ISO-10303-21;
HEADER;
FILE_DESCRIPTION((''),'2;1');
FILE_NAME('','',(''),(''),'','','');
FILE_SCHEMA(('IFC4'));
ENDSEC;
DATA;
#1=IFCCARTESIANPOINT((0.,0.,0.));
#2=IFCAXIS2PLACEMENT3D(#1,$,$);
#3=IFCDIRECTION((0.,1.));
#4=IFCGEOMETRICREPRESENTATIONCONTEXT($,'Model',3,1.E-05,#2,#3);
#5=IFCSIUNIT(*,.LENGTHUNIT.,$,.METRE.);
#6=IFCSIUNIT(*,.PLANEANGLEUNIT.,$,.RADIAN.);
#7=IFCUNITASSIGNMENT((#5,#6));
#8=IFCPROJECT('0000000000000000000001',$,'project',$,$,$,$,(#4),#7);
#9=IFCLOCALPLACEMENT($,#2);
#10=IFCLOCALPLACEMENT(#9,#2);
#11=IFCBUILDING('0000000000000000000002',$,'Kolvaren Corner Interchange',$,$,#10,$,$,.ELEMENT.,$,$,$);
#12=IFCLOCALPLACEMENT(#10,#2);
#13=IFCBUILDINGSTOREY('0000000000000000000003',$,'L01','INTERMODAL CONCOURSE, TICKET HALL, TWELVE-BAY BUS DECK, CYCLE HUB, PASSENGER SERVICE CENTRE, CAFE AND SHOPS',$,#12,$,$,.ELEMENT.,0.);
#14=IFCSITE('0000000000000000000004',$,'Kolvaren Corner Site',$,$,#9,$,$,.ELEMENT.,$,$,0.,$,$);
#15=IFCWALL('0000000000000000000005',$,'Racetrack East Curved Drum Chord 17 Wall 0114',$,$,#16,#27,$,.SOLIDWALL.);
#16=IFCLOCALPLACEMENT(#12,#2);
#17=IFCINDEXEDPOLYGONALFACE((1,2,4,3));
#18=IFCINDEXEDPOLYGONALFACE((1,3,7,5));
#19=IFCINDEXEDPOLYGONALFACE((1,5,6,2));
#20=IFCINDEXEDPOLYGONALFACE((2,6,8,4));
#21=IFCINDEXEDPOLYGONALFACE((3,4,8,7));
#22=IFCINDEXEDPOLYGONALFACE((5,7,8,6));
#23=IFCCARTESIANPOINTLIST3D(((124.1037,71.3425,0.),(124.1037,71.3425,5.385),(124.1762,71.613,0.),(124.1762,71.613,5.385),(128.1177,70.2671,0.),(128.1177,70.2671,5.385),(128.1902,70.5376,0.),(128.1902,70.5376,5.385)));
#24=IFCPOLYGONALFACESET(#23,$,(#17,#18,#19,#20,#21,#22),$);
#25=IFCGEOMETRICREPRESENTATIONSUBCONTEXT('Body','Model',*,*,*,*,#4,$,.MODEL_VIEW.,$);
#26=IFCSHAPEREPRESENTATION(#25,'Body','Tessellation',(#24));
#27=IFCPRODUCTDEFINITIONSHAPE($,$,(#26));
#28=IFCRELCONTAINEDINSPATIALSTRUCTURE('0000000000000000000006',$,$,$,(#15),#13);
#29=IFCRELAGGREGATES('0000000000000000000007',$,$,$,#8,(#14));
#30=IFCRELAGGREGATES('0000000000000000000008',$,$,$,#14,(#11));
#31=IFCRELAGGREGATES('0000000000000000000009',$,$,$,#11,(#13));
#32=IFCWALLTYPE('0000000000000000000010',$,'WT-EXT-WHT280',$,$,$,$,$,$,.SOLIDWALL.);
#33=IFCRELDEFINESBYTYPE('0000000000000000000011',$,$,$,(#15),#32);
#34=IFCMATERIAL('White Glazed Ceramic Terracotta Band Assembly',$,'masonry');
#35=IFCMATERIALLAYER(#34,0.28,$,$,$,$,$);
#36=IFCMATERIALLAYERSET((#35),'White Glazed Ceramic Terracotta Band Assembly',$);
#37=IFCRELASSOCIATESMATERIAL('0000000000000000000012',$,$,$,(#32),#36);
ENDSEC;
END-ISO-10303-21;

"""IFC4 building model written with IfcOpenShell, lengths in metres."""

from ifc_helpers import new_model, si_unit, direction, frame, frame_2d, origin, place, context, subcontext, project, spatial, rectangle, extrude, material, layer, layer_set, type_object, element, save


model = new_model("IFC4")

# Units and contexts
model_context = context("Model", 3, precision=1e-05, world=origin(), true_north=direction((0.0, 1.0)))
body_context = subcontext(model_context, "Body", "Model", "MODEL_VIEW")
ifc_project = project(units=[si_unit("LENGTHUNIT", "METRE"), si_unit("PLANEANGLEUNIT", "RADIAN")], contexts=[model_context])

# Site, building, storey
site_placement = place(None, origin())
site = spatial("IfcSite", under=ifc_project, at=site_placement, Name="Kolvaren Corner Site", CompositionType="ELEMENT", RefElevation=0.0)
building_placement = place(site_placement, origin())
building = spatial("IfcBuilding", under=site, at=building_placement, Name="Kolvaren Corner Interchange", CompositionType="ELEMENT")
storey_placement = place(building_placement, origin())
storey = spatial("IfcBuildingStorey", under=building, at=storey_placement, Name="L01", Description="INTERMODAL CONCOURSE, TICKET HALL, TWELVE-BAY BUS DECK, CYCLE HUB, PASSENGER SERVICE CENTRE, CAFE AND SHOPS", CompositionType="ELEMENT", Elevation=0.0)

# Wall
ifc_material_1 = material(Name="White Glazed Ceramic Terracotta Band Assembly", Category="masonry")
ifc_layer_1 = layer(ifc_material_1, 0.28)
ifc_layer_set_1 = layer_set([ifc_layer_1], Name="White Glazed Ceramic Terracotta Band Assembly")
wall_type = type_object("IfcWallType", Name="WT-EXT-WHT280", PredefinedType="SOLIDWALL", material=ifc_layer_set_1)
wall_placement = place(storey_placement, frame((128.1538, 70.4023, 0.0), z_axis=(0.0, 0.0, 1.0), x_axis=(-0.965931, 0.2588, 0.0)))
element("IfcWall", 1, at=wall_placement, inside=storey, type_object=wall_type, Name="Racetrack East Curved Drum Chord 17 Wall 0114", PredefinedType="SOLIDWALL", context=body_context, shape_type="SweptSolid", body=[
    extrude(rectangle(XDim=4.1555, YDim=0.28, at=frame_2d((2.0776, 0.0))), origin(), (0.0, 0.0, 1.0), 5.385),
])

save(model, "model.ifc")
